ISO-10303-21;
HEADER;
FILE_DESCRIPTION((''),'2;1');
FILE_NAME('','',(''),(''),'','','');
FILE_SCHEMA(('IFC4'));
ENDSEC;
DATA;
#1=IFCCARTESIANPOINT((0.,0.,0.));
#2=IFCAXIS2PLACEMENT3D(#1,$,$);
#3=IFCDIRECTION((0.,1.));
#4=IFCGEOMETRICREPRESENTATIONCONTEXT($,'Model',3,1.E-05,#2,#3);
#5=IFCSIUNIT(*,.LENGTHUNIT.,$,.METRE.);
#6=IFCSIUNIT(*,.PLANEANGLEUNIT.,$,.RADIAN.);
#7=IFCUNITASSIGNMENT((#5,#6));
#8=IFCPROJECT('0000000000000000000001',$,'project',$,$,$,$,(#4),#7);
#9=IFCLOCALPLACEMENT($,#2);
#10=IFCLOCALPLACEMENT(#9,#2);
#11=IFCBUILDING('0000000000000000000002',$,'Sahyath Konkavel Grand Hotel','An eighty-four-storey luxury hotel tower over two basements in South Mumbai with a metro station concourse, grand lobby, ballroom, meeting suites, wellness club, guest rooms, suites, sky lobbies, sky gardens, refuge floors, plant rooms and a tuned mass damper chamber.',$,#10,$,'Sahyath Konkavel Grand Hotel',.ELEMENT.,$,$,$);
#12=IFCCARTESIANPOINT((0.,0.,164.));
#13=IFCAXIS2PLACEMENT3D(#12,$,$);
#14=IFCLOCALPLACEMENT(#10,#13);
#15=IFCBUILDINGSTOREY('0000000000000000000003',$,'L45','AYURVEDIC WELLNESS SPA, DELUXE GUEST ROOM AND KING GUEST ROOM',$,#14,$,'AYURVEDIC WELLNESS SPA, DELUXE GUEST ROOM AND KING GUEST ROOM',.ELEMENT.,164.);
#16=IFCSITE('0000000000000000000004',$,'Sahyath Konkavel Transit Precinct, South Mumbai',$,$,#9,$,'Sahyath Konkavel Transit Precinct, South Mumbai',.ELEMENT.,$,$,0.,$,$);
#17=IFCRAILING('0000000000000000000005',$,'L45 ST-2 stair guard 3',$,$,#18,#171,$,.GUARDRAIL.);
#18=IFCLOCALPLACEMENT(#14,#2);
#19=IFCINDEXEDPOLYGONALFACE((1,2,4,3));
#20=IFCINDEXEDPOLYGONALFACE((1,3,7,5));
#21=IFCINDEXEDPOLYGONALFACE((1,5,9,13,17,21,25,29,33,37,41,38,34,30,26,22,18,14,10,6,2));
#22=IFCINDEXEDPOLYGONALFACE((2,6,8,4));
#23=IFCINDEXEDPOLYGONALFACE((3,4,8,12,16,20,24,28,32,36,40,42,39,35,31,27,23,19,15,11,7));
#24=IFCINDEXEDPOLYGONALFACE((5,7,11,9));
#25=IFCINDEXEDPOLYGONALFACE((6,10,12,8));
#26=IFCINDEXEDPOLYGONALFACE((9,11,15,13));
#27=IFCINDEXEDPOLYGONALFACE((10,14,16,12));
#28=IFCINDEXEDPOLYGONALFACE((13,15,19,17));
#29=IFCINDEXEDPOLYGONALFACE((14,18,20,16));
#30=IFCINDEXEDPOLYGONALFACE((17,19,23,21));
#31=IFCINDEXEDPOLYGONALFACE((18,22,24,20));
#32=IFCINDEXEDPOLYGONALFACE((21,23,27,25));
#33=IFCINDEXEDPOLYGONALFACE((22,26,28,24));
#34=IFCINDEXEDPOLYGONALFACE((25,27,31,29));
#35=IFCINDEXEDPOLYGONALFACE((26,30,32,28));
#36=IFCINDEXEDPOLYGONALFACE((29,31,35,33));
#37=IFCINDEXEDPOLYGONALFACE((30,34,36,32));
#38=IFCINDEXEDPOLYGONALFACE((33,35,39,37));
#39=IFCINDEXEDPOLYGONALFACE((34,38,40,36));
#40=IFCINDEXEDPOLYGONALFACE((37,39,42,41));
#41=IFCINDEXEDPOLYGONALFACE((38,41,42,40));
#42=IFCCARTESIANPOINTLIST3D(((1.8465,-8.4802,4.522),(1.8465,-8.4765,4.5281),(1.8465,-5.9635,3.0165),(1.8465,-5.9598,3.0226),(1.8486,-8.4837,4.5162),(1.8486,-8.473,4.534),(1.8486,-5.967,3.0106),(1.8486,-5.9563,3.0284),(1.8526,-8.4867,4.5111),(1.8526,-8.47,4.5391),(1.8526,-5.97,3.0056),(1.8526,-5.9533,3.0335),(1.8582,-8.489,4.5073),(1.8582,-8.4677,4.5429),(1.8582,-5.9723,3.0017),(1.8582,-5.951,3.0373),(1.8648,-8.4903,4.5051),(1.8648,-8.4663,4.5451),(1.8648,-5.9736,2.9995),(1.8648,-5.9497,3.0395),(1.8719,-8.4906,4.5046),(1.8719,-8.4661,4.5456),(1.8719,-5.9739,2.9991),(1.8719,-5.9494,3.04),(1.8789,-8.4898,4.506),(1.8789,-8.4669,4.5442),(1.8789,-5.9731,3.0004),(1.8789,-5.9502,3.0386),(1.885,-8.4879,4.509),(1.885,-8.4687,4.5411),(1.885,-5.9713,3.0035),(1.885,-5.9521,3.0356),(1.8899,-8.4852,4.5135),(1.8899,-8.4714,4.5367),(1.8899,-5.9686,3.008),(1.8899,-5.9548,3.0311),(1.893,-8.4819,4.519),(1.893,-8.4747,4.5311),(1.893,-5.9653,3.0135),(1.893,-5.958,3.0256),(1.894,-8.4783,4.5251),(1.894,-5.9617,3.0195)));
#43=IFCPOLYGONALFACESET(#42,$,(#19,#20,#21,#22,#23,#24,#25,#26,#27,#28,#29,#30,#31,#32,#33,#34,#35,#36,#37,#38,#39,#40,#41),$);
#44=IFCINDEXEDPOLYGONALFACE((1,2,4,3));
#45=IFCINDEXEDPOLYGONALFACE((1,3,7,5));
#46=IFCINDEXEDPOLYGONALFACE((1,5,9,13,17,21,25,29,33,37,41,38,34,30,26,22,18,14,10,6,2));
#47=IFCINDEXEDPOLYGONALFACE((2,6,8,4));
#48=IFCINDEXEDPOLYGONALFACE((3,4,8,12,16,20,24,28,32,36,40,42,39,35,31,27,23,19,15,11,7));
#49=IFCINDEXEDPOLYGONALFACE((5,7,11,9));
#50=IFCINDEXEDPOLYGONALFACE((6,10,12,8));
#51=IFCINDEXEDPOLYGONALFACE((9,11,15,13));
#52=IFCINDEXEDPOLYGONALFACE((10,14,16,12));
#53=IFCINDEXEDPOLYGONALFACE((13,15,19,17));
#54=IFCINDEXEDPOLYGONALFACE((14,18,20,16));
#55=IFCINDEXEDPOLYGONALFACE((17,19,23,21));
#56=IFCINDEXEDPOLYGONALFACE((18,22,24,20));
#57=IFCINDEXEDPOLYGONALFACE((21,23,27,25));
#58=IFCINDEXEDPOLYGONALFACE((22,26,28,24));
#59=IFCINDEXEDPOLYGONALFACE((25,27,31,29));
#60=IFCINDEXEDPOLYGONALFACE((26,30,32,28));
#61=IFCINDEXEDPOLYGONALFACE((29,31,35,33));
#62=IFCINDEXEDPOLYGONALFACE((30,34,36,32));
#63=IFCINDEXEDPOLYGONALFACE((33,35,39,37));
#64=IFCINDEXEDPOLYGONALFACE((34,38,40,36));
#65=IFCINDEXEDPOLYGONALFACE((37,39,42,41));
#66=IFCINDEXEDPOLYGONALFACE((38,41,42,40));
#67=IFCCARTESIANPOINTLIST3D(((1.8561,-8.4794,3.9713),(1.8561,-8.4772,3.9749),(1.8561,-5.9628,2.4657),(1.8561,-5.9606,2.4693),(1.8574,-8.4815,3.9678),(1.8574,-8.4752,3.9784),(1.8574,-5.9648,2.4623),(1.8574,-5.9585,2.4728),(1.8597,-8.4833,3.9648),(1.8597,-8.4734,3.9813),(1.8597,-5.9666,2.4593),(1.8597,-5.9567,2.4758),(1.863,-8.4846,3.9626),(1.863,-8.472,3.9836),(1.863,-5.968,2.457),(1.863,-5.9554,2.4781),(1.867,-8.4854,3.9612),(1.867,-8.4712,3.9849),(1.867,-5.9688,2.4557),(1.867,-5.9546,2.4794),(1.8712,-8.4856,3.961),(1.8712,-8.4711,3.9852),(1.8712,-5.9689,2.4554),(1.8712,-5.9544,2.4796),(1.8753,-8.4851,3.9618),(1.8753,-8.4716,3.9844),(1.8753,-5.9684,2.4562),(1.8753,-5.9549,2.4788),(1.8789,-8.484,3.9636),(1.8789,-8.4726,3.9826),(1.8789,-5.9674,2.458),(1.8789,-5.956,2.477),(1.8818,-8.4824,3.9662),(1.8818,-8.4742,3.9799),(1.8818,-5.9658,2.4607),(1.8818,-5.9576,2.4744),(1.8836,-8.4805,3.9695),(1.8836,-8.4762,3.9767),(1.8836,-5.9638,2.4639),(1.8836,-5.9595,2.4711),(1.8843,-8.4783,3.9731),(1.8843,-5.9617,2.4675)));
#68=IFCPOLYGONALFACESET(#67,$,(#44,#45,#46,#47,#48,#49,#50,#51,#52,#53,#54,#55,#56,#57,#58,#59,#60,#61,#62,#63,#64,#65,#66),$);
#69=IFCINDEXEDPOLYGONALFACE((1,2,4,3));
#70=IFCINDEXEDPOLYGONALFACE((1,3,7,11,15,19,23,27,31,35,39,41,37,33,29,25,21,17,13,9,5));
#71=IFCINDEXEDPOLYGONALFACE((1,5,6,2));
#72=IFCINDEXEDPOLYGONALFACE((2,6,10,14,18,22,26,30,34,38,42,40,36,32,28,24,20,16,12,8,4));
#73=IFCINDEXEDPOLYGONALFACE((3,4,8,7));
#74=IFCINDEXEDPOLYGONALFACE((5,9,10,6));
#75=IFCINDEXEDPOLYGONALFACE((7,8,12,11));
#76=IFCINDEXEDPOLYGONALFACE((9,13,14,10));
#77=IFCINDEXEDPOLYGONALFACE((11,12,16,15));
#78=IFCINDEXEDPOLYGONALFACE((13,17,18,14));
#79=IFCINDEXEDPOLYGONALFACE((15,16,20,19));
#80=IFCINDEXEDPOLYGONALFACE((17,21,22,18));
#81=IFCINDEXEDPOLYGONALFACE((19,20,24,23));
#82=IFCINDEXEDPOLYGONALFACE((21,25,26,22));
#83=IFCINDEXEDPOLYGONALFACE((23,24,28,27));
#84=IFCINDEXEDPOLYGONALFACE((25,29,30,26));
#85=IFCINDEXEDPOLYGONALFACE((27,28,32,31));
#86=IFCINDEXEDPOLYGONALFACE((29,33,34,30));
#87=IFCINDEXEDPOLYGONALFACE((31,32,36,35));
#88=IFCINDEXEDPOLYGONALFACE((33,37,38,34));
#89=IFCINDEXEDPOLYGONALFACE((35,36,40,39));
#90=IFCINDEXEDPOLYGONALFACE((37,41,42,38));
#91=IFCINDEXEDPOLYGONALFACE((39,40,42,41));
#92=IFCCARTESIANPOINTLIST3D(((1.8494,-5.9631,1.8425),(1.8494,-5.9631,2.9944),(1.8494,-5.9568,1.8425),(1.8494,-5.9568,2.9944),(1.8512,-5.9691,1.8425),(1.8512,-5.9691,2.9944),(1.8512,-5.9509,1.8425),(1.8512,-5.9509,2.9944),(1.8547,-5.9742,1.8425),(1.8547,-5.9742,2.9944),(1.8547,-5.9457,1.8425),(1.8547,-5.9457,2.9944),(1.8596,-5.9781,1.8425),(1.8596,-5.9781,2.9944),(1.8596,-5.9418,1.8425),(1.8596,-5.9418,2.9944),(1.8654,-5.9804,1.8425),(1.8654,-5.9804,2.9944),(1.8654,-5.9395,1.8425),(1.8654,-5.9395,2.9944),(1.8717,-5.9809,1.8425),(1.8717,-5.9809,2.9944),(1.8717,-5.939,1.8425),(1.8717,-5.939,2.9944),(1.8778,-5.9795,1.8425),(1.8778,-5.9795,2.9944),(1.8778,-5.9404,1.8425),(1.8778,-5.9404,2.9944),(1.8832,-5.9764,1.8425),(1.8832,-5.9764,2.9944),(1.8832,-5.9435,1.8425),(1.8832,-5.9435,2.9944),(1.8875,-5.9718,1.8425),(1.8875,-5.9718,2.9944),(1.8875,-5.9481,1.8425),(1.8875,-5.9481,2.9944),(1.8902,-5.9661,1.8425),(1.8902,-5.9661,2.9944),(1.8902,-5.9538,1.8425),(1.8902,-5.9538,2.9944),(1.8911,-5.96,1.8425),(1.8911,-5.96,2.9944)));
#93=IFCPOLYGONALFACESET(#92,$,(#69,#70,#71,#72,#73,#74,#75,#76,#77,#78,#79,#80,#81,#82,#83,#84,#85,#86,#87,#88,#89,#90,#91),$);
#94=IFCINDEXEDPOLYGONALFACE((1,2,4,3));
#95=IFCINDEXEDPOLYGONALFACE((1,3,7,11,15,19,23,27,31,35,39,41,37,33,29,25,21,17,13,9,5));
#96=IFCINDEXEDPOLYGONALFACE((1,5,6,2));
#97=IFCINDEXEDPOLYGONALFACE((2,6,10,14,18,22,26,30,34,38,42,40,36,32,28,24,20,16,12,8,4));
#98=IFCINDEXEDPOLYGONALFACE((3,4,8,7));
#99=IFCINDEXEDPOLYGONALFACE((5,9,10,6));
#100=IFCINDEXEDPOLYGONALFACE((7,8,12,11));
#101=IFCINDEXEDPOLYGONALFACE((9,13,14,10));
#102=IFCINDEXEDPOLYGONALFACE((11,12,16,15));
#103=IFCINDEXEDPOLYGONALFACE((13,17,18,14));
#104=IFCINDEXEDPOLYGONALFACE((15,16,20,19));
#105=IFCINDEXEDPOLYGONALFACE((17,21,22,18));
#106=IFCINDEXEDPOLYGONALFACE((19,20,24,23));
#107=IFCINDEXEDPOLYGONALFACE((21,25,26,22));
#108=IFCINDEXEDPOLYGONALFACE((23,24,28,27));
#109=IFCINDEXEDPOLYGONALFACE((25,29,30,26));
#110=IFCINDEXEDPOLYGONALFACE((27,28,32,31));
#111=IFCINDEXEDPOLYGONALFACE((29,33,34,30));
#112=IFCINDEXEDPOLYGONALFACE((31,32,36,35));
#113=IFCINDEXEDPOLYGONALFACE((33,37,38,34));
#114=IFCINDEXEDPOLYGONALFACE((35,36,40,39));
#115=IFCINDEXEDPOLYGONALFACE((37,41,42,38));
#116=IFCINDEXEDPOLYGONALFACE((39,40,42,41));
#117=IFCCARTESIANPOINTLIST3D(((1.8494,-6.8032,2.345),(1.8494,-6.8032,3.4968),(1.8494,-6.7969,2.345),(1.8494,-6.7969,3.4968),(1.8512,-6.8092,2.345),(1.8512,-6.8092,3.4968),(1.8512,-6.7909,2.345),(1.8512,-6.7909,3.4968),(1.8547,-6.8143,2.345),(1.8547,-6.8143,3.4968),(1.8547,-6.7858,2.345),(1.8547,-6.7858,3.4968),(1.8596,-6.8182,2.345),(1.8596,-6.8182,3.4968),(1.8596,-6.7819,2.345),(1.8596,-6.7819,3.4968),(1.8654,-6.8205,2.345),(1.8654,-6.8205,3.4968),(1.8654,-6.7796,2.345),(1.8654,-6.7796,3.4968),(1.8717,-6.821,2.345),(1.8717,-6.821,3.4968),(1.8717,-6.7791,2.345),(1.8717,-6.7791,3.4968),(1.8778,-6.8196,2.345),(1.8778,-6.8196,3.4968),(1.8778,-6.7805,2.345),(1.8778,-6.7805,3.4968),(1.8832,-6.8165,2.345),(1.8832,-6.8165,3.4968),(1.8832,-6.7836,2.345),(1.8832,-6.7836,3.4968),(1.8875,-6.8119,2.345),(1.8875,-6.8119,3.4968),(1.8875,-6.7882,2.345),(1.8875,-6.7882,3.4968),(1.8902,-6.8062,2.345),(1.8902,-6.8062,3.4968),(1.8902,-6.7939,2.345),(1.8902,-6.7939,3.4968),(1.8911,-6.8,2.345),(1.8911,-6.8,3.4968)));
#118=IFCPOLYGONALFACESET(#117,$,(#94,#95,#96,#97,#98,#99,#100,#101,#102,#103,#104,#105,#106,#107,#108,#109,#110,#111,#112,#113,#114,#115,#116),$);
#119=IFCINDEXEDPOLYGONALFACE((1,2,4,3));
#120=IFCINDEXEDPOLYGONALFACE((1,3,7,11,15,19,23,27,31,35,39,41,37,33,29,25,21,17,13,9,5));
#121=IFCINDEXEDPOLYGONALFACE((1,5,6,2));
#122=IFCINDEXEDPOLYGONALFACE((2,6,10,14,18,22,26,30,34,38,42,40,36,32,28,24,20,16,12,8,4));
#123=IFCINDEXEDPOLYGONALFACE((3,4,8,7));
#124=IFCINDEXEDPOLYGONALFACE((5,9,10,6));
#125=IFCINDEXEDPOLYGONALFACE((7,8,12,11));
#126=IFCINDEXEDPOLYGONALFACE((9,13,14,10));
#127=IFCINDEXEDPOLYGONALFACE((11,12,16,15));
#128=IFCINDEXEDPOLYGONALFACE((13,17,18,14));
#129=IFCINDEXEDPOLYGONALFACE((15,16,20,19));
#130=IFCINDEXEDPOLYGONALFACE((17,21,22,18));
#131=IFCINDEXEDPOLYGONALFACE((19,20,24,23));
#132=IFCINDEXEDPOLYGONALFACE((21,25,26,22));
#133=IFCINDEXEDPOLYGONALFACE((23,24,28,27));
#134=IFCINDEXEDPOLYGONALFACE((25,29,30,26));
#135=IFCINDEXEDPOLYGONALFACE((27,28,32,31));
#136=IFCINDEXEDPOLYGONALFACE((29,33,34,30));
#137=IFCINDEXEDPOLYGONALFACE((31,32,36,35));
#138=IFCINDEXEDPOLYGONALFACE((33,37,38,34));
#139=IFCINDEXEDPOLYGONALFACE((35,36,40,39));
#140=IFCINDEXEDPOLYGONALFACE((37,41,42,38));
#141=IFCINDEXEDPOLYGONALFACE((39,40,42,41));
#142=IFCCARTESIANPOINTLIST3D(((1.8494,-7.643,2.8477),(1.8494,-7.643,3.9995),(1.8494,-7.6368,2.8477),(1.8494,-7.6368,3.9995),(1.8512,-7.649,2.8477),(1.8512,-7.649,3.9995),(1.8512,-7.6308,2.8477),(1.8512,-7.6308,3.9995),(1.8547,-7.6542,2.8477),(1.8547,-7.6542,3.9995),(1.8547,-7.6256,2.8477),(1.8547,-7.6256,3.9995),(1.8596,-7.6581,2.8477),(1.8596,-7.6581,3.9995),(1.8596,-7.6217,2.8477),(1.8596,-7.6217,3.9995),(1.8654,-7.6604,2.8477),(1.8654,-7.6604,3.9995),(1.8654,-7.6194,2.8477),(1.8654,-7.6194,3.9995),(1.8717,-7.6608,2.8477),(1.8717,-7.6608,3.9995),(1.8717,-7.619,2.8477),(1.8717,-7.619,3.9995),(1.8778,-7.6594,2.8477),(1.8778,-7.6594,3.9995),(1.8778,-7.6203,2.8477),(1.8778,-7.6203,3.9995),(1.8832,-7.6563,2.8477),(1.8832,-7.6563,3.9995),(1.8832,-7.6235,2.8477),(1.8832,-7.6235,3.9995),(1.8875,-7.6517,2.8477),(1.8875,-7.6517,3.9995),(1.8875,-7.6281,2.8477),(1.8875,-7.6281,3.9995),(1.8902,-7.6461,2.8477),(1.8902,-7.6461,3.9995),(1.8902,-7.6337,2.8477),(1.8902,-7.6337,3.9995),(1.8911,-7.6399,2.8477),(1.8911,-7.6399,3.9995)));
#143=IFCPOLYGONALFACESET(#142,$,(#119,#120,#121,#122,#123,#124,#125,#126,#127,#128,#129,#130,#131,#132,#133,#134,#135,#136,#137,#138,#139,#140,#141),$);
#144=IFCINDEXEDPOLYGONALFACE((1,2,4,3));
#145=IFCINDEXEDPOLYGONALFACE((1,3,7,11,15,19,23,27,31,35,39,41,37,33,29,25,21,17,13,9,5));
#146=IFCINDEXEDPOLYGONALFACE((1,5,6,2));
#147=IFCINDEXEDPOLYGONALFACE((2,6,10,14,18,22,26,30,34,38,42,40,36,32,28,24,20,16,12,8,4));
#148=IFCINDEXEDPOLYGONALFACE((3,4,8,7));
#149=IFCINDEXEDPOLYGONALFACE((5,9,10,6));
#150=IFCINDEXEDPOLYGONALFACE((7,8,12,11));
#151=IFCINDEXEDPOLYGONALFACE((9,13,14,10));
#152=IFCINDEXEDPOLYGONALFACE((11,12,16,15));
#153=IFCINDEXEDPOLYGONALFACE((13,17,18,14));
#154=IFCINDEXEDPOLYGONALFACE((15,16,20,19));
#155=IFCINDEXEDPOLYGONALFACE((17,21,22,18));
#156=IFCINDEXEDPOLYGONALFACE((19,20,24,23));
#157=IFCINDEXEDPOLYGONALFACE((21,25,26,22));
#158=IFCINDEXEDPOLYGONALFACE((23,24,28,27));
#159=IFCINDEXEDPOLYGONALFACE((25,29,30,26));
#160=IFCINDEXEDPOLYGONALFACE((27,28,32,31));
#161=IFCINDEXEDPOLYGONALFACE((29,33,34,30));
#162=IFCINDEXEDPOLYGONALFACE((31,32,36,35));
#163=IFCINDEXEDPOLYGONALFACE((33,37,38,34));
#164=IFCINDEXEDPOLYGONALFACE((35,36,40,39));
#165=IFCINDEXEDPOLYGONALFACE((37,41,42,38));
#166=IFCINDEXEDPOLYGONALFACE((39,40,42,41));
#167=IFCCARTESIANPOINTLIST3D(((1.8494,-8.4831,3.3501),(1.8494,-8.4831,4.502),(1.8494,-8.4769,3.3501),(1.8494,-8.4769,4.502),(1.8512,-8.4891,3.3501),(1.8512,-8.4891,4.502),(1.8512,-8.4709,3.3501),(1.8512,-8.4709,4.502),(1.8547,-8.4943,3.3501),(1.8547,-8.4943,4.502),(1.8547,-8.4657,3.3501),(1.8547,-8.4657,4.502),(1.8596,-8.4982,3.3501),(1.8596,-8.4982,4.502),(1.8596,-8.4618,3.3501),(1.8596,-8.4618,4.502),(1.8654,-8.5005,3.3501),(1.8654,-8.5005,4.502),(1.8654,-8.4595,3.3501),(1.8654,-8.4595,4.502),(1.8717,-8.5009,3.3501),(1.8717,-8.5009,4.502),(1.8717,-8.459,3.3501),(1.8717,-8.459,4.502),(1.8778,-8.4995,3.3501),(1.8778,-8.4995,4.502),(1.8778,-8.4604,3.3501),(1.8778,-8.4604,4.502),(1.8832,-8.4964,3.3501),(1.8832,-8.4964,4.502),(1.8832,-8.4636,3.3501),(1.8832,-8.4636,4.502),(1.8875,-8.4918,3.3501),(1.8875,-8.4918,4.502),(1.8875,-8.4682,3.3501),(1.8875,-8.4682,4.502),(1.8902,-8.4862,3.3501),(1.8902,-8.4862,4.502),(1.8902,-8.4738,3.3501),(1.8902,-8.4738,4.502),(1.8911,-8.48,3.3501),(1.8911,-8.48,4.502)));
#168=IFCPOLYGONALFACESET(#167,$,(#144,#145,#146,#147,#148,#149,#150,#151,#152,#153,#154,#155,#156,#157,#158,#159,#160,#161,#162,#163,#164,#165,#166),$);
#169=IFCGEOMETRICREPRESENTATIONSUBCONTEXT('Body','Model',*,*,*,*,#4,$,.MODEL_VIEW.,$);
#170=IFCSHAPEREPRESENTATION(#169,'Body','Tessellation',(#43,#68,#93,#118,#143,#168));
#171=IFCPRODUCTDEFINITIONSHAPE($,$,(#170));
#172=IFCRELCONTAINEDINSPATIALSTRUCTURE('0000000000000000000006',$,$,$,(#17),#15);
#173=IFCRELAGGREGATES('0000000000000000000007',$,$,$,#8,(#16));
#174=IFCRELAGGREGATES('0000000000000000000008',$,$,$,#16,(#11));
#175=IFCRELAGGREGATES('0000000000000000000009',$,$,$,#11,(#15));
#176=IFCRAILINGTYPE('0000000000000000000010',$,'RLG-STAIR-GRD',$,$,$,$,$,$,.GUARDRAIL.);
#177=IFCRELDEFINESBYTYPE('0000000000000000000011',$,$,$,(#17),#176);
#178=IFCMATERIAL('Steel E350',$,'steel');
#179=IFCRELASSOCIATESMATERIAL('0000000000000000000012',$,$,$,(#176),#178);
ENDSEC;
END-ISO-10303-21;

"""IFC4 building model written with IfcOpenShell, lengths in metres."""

from ifc_helpers import new_model, si_unit, direction, frame, origin, origin_2d, place, context, subcontext, project, spatial, circle, extrude, material, type_object, element, save


model = new_model("IFC4")

# Units and contexts
model_context = context("Model", 3, precision=1e-05, world=origin(), true_north=direction((0.0, 1.0)))
body_context = subcontext(model_context, "Body", "Model", "MODEL_VIEW")
ifc_project = project(units=[si_unit("LENGTHUNIT", "METRE"), si_unit("PLANEANGLEUNIT", "RADIAN")], contexts=[model_context])

# Site, building, storey
site_placement = place(None, origin())
site = spatial("IfcSite", under=ifc_project, at=site_placement, Name="Sahyath Konkavel Transit Precinct, South Mumbai", LongName="Sahyath Konkavel Transit Precinct, South Mumbai", CompositionType="ELEMENT", RefElevation=0.0)
building_placement = place(site_placement, origin())
building = spatial("IfcBuilding", under=site, at=building_placement, Name="Sahyath Konkavel Grand Hotel", Description="An eighty-four-storey luxury hotel tower over two basements in South Mumbai with a metro station concourse, grand lobby, ballroom, meeting suites, wellness club, guest rooms, suites, sky lobbies, sky gardens, refuge floors, plant rooms and a tuned mass damper chamber.", LongName="Sahyath Konkavel Grand Hotel", CompositionType="ELEMENT")
storey_placement = place(building_placement, frame((0.0, 0.0, 164.0)))
storey = spatial("IfcBuildingStorey", under=building, at=storey_placement, Name="L45", Description="AYURVEDIC WELLNESS SPA, DELUXE GUEST ROOM AND KING GUEST ROOM", LongName="AYURVEDIC WELLNESS SPA, DELUXE GUEST ROOM AND KING GUEST ROOM", CompositionType="ELEMENT", Elevation=164.0)

# Shared definitions
ifc_material_1 = material(Name="Steel E350", Category="steel")

# Railing
railing_type_1 = type_object("IfcRailingType", Name="RLG-STAIR-GRD", PredefinedType="GUARDRAIL", material=ifc_material_1)
railing_1_placement = place(storey_placement, frame((1.8701, -5.96, 1.8425)))
element("IfcRailing", 1, at=railing_1_placement, inside=storey, type_object=railing_type_1, Name="L45 ST-2 stair guard 3", PredefinedType="GUARDRAIL", context=body_context, shape_type="SweptSolid", body=[
    extrude(circle(Radius=0.0239, at=origin_2d()), frame((0.0, -0.0017, 1.177), z_axis=(0.0, -0.85816, 0.513383), x_axis=(1.0, 0.0, 0.0)), (0.0, 0.0, 1.0), 2.9326),
    extrude(circle(Radius=0.0142, at=origin_2d()), frame((0.0, -0.0017, 0.625), z_axis=(0.0, -0.85816, 0.513383), x_axis=(1.0, 0.0, 0.0)), (0.0, 0.0, 1.0), 2.9326),
    extrude(circle(Radius=0.021, at=origin_2d()), origin(), (0.0, 0.0, 1.0), 1.1519),
    extrude(circle(Radius=0.021, at=origin_2d()), frame((0.0, -0.8401, 0.5024)), (0.0, 0.0, 1.0), 1.1519),
    extrude(circle(Radius=0.021, at=origin_2d()), frame((0.0, -1.6799, 1.0051)), (0.0, 0.0, 1.0), 1.1519),
    extrude(circle(Radius=0.021, at=origin_2d()), frame((0.0, -2.52, 1.5076)), (0.0, 0.0, 1.0), 1.1519),
])

save(model, "model.ifc")
